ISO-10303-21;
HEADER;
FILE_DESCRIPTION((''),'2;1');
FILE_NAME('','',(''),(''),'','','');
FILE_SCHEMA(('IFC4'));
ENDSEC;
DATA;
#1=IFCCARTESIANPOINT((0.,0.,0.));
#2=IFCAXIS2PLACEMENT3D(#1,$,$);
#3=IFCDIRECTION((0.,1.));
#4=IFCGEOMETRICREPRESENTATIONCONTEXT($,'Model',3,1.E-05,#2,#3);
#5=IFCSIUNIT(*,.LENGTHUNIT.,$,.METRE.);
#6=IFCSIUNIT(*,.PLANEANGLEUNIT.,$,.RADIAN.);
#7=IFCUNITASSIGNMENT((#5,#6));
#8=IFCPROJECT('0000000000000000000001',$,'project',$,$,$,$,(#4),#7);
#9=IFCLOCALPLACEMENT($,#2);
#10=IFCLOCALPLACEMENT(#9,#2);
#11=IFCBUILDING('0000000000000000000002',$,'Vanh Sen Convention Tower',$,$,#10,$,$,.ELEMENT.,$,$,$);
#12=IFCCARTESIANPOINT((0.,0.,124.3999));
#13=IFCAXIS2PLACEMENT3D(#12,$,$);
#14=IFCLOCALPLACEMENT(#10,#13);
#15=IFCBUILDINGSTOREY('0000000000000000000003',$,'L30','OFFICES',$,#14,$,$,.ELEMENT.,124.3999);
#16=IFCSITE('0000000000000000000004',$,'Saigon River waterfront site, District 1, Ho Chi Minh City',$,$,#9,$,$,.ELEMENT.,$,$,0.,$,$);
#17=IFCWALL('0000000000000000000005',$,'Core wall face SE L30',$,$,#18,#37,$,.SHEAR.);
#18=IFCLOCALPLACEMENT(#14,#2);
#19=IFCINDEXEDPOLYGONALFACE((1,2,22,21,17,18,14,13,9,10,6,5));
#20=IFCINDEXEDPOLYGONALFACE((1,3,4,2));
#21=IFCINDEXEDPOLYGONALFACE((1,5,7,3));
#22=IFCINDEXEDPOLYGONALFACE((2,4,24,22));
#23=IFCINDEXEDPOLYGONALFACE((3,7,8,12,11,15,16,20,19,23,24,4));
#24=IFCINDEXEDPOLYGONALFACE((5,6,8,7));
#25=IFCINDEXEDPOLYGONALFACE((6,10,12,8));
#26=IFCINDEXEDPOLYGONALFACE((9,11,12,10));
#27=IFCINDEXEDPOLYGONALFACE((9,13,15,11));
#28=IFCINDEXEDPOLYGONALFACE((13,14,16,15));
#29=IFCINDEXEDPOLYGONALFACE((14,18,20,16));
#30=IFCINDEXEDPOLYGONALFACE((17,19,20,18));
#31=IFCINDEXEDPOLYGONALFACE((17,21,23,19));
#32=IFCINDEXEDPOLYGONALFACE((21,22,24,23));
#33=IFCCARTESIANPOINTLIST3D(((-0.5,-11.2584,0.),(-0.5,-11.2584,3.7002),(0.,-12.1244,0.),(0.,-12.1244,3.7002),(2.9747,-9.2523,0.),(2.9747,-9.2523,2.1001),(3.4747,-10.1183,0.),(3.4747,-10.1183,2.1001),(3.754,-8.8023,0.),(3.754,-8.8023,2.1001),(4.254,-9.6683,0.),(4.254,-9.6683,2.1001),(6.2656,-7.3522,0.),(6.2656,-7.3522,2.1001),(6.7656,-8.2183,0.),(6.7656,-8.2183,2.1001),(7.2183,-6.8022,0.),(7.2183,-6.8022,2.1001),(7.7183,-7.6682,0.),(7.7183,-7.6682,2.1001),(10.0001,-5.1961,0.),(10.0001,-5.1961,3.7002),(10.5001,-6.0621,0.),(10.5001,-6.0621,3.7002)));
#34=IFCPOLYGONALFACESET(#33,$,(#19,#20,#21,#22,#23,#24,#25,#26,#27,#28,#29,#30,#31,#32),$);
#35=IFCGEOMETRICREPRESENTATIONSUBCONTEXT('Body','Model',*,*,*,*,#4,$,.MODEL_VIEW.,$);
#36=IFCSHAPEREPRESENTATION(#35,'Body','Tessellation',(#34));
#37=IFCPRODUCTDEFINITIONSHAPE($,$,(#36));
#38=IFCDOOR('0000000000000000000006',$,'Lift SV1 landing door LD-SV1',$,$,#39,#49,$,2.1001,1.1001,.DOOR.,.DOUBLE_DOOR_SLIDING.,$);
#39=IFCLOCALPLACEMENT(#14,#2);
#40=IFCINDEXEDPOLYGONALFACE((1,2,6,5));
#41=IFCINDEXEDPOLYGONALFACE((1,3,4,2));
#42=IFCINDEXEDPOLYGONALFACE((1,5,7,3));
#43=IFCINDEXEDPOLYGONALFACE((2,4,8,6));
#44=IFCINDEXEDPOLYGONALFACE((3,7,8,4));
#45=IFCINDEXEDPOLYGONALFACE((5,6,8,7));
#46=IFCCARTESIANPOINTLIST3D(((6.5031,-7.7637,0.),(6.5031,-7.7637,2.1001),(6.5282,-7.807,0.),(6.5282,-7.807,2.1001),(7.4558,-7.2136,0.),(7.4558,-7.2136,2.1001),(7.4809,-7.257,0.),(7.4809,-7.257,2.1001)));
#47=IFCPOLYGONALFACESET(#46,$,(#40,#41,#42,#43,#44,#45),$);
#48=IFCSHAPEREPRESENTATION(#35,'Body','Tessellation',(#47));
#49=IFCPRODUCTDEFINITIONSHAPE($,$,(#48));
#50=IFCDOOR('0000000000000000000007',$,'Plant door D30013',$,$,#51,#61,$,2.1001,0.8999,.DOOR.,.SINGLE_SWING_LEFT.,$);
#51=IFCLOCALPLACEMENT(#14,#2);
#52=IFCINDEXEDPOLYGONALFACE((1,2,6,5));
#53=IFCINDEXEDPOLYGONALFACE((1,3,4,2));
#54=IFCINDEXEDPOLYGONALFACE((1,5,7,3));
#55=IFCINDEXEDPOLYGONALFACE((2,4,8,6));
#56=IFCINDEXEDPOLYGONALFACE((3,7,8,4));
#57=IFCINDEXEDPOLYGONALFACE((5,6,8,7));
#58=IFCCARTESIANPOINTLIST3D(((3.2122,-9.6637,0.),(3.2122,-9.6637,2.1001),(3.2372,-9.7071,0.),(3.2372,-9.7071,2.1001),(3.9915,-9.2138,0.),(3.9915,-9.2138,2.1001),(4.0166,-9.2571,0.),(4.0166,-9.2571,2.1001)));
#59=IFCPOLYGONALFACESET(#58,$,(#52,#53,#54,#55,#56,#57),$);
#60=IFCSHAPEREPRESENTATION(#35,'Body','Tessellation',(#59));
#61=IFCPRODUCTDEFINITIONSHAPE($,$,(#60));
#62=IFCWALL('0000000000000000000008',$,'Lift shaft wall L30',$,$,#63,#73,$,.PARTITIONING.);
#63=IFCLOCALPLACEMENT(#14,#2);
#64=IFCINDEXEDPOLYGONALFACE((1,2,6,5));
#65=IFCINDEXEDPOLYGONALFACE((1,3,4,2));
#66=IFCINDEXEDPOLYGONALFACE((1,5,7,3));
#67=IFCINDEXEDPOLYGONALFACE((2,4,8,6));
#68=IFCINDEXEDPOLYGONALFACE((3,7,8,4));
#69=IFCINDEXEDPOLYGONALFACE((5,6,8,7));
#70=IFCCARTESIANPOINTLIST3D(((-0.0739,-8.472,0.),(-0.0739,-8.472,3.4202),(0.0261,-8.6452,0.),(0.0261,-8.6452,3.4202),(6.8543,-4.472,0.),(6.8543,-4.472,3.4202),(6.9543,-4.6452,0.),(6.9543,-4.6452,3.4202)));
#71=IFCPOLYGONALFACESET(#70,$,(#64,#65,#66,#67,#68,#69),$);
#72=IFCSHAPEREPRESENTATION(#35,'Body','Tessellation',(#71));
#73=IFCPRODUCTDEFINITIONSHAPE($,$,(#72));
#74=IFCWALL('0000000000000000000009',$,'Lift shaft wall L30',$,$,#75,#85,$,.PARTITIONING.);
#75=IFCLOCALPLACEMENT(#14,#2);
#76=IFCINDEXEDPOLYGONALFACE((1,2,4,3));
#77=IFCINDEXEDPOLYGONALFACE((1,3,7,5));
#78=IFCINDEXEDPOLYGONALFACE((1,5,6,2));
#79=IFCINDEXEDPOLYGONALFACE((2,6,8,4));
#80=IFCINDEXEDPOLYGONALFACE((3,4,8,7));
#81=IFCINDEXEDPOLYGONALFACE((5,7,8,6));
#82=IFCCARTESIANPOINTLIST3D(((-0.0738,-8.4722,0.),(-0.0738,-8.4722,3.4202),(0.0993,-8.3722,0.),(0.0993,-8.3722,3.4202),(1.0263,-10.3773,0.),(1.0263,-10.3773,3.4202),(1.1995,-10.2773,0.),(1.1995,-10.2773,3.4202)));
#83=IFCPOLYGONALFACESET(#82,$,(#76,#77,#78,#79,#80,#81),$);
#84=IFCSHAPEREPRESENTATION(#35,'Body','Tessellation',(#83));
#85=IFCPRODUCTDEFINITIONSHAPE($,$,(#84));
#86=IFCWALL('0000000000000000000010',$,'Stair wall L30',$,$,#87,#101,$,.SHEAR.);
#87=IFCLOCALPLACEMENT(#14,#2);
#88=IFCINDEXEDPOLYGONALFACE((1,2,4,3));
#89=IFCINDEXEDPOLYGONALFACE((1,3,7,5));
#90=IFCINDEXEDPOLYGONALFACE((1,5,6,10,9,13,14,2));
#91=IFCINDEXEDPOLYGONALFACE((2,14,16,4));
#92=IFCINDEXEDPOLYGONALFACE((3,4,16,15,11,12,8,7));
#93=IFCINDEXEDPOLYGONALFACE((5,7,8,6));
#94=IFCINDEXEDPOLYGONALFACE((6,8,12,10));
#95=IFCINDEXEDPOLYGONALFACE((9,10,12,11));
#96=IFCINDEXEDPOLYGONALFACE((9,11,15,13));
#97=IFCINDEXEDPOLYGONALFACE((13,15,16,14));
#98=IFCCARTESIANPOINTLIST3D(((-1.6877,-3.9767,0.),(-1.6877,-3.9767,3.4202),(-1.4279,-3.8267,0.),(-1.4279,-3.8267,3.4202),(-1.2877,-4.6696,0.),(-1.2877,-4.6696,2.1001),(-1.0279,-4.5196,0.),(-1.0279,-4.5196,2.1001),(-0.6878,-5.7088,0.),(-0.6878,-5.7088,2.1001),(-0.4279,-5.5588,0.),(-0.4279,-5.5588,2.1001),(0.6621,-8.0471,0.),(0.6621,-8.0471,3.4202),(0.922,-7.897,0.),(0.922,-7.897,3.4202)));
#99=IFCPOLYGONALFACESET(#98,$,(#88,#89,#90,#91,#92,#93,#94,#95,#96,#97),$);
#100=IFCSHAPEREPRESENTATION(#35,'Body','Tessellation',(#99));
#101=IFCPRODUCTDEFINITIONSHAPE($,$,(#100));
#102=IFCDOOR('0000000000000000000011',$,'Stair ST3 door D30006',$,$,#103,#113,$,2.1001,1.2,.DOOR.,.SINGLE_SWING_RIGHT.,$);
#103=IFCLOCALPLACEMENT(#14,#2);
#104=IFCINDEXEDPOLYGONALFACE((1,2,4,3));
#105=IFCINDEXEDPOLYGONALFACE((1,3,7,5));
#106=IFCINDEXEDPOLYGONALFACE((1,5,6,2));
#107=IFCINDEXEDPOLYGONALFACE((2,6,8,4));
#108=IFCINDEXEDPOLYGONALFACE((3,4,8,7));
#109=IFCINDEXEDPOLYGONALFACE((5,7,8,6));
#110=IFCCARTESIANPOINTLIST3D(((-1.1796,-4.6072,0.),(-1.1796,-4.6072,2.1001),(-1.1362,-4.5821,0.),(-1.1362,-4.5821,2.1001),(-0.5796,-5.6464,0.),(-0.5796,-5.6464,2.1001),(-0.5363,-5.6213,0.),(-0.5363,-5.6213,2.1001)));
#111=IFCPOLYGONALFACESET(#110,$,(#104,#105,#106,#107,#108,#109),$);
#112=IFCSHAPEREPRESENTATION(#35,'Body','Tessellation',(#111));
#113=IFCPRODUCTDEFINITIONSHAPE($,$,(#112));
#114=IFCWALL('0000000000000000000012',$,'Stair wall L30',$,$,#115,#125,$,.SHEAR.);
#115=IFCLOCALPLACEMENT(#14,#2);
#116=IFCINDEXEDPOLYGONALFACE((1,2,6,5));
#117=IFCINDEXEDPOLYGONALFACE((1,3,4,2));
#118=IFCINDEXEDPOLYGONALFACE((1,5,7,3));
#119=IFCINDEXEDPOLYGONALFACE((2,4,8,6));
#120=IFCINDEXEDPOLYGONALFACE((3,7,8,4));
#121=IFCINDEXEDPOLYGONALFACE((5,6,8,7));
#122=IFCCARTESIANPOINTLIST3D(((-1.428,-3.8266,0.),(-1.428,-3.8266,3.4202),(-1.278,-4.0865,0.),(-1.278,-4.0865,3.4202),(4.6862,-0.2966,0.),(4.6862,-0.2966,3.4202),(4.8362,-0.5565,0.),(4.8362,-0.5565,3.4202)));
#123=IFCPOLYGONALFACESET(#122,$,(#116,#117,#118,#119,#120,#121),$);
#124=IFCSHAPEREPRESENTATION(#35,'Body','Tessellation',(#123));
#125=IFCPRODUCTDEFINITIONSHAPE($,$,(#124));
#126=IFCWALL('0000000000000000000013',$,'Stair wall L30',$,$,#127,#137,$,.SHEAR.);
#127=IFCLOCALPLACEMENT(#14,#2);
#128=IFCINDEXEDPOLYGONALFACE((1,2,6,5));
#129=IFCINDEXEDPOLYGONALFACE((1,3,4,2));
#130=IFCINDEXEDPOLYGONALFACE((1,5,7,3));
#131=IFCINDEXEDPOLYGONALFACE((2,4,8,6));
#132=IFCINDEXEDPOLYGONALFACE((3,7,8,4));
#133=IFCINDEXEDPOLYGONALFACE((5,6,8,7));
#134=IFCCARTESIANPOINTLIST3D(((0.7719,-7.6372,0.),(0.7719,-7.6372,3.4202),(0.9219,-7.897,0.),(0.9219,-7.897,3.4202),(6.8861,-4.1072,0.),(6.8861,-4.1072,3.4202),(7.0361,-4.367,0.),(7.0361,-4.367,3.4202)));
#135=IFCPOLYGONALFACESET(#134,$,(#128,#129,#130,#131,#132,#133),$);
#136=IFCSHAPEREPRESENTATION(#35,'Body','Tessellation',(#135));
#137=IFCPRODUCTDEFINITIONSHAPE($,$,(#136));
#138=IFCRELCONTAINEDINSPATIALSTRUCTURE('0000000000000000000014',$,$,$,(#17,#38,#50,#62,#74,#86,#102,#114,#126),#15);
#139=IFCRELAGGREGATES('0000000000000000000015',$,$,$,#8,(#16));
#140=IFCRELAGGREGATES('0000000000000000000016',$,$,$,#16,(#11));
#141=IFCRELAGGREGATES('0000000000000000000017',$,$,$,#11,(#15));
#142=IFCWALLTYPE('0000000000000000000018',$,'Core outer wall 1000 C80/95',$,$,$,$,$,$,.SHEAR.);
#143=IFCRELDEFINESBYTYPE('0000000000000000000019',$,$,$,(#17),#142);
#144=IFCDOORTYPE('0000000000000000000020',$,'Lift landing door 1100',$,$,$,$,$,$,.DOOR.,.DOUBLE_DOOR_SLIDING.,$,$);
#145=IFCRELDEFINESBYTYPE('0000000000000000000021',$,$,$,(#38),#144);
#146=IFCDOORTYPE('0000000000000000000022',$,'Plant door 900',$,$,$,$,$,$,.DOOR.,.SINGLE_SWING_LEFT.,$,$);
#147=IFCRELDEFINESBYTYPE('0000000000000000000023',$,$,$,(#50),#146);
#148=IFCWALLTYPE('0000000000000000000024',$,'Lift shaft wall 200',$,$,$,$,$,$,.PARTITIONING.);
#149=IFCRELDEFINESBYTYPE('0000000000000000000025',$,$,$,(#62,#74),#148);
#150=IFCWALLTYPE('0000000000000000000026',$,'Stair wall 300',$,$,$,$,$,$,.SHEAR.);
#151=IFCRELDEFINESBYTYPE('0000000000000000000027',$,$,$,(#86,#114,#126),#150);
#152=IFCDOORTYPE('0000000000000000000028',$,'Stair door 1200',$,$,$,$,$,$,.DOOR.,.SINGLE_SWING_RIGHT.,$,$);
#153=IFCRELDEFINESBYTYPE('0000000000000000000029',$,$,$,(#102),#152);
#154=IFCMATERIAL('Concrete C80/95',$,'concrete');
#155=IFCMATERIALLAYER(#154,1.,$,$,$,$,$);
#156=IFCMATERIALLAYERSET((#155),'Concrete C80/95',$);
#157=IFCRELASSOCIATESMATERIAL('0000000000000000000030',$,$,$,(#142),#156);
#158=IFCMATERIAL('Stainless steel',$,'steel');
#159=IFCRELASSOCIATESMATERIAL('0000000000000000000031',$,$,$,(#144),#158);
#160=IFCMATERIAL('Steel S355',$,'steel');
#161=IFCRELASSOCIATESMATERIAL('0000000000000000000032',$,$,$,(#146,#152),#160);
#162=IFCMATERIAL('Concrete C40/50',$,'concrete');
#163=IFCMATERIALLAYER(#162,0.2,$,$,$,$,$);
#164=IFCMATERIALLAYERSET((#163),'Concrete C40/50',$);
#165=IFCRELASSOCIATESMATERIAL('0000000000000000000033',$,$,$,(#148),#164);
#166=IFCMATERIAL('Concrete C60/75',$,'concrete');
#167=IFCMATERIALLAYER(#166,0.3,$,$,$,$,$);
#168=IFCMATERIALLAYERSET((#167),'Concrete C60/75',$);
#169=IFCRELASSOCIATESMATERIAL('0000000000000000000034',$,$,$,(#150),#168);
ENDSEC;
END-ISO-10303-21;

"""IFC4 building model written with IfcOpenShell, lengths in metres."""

from ifc_helpers import new_model, si_unit, direction, frame, frame_2d, origin, place, context, subcontext, project, spatial, rectangle, extrude, material, layer, layer_set, type_object, element, fill, save


model = new_model("IFC4")

# Units and contexts
model_context = context("Model", 3, precision=1e-05, world=origin(), true_north=direction((0.0, 1.0)))
body_context = subcontext(model_context, "Body", "Model", "MODEL_VIEW")
ifc_project = project(units=[si_unit("LENGTHUNIT", "METRE"), si_unit("PLANEANGLEUNIT", "RADIAN")], contexts=[model_context])

# Site, building, storey
site_placement = place(None, origin())
site = spatial("IfcSite", under=ifc_project, at=site_placement, Name="Saigon River waterfront site, District 1, Ho Chi Minh City", CompositionType="ELEMENT", RefElevation=0.0)
building_placement = place(site_placement, origin())
building = spatial("IfcBuilding", under=site, at=building_placement, Name="Vanh Sen Convention Tower", CompositionType="ELEMENT")
storey_placement = place(building_placement, frame((0.0, 0.0, 124.3999)))
storey = spatial("IfcBuildingStorey", under=building, at=storey_placement, Name="L30", Description="OFFICES", CompositionType="ELEMENT", Elevation=124.3999)

# Shared definitions
ifc_material_1 = material(Name="Concrete C40/50", Category="concrete")

# Wall, openings, doors
ifc_material_2 = material(Name="Concrete C80/95", Category="concrete")
ifc_layer_1 = layer(ifc_material_2, 1.0)
ifc_layer_set_1 = layer_set([ifc_layer_1], Name="Concrete C80/95")
wall_type_1 = type_object("IfcWallType", Name="Core outer wall 1000 C80/95", PredefinedType="SHEAR", material=ifc_layer_set_1)
wall_1_placement = place(storey_placement, frame((-0.25, -11.6914, 0.0), z_axis=(0.0, 0.0, 1.0), x_axis=(0.866023, 0.500005, 0.0)))
wall_1 = element("IfcWall", 1, at=wall_1_placement, inside=storey, type_object=wall_type_1, Name="Core wall face SE L30", PredefinedType="SHEAR", context=body_context, shape_type="SweptSolid", body=[
    extrude(rectangle(XDim=12.1245, YDim=1.0, at=frame_2d((6.0623, 0.0))), origin(), (0.0, 0.0, 1.0), 3.7002),
])
opening_1_placement = place(wall_1_placement, frame((4.0122, 0.0, 0.0)))
opening_1 = element("IfcOpeningElement", 2, at=opening_1_placement, cuts=wall_1, PredefinedType="OPENING", context=body_context, shape_type="SweptSolid", body=[
    extrude(rectangle(XDim=0.8999, YDim=2.1001, at=frame_2d((0.45, 1.05))), frame((0.0, 0.51, 0.0), z_axis=(0.0, -1.0, 0.0), x_axis=(1.0, 0.0, 0.0)), (0.0, 0.0, 1.0), 1.02),
])
opening_2_placement = place(wall_1_placement, frame((7.8123, 0.0, 0.0)))
opening_2 = element("IfcOpeningElement", 3, at=opening_2_placement, cuts=wall_1, PredefinedType="OPENING", context=body_context, shape_type="SweptSolid", body=[
    extrude(rectangle(XDim=1.1001, YDim=2.1001, at=frame_2d((0.55, 1.05))), frame((0.0, 0.51, 0.0), z_axis=(0.0, -1.0, 0.0), x_axis=(1.0, 0.0, 0.0)), (0.0, 0.0, 1.0), 1.02),
])
ifc_material_3 = material(Name="Stainless steel", Category="steel")
door_type_1 = type_object("IfcDoorType", Name="Lift landing door 1100", OperationType="DOUBLE_DOOR_SLIDING", PredefinedType="DOOR", material=ifc_material_3)
door_1_placement = place(opening_2_placement, origin())
door_1 = element("IfcDoor", 4, at=door_1_placement, inside=storey, type_object=door_type_1, Name="Lift SV1 landing door LD-SV1", OperationType="DOUBLE_DOOR_SLIDING", OverallHeight=2.1001, OverallWidth=1.1001, PredefinedType="DOOR", context=body_context, shape_type="SweptSolid", body=[
    extrude(rectangle(XDim=1.1001, YDim=2.1001, at=frame_2d((0.55, 1.05))), frame((0.0, 0.0249, 0.0), z_axis=(0.0, -1.0, 0.0), x_axis=(1.0, 0.0, 0.0)), (0.0, 0.0, 1.0), 0.05),
])
fill(opening_2, door_1)
ifc_material_4 = material(Name="Steel S355", Category="steel")
door_type_2 = type_object("IfcDoorType", Name="Plant door 900", OperationType="SINGLE_SWING_LEFT", PredefinedType="DOOR", material=ifc_material_4)
door_2_placement = place(opening_1_placement, origin())
door_2 = element("IfcDoor", 5, at=door_2_placement, inside=storey, type_object=door_type_2, Name="Plant door D30013", OperationType="SINGLE_SWING_LEFT", OverallHeight=2.1001, OverallWidth=0.8999, PredefinedType="DOOR", context=body_context, shape_type="SweptSolid", body=[
    extrude(rectangle(XDim=0.8999, YDim=2.1001, at=frame_2d((0.45, 1.05))), frame((0.0, 0.0249, 0.0), z_axis=(0.0, -1.0, 0.0), x_axis=(1.0, 0.0, 0.0)), (0.0, 0.0, 1.0), 0.05),
])
fill(opening_1, door_2)

# Walls
ifc_layer_2 = layer(ifc_material_1, 0.2)
ifc_layer_set_2 = layer_set([ifc_layer_2], Name="Concrete C40/50")
wall_type_2 = type_object("IfcWallType", Name="Lift shaft wall 200", PredefinedType="PARTITIONING", material=ifc_layer_set_2)
wall_2_placement = place(storey_placement, frame((-0.0239, -8.5586, 0.0), z_axis=(0.0, 0.0, 1.0), x_axis=(0.866026, 0.499999, 0.0)))
element("IfcWall", 6, at=wall_2_placement, inside=storey, type_object=wall_type_2, Name="Lift shaft wall L30", PredefinedType="PARTITIONING", context=body_context, shape_type="SweptSolid", body=[
    extrude(rectangle(XDim=8.0, YDim=0.2, at=frame_2d((4.0, 0.0))), origin(), (0.0, 0.0, 1.0), 3.4202),
])
wall_3_placement = place(storey_placement, frame((0.0127, -8.4221, 0.0), z_axis=(0.0, 0.0, 1.0), x_axis=(0.500078, -0.86598, 0.0)))
element("IfcWall", 7, at=wall_3_placement, inside=storey, type_object=wall_type_2, Name="Lift shaft wall L30", PredefinedType="PARTITIONING", context=body_context, shape_type="SweptSolid", body=[
    extrude(rectangle(XDim=2.2, YDim=0.2, at=frame_2d((1.1001, 0.0))), origin(), (0.0, 0.0, 1.0), 3.4202),
])

# Wall, opening, door
ifc_material_5 = material(Name="Concrete C60/75", Category="concrete")
ifc_layer_3 = layer(ifc_material_5, 0.3)
ifc_layer_set_3 = layer_set([ifc_layer_3], Name="Concrete C60/75")
wall_type_3 = type_object("IfcWallType", Name="Stair wall 300", PredefinedType="SHEAR", material=ifc_layer_set_3)
wall_4_placement = place(storey_placement, frame((-1.5579, -3.9016, 0.0), z_axis=(0.0, 0.0, 1.0), x_axis=(0.499977, -0.866039, 0.0)))
wall_4 = element("IfcWall", 8, at=wall_4_placement, inside=storey, type_object=wall_type_3, Name="Stair wall L30", PredefinedType="SHEAR", context=body_context, shape_type="SweptSolid", body=[
    extrude(rectangle(XDim=4.7, YDim=0.3, at=frame_2d((2.3501, 0.0))), origin(), (0.0, 0.0, 1.0), 3.4202),
])
opening_3_placement = place(wall_4_placement, frame((0.8, 0.0, 0.0)))
opening_3 = element("IfcOpeningElement", 9, at=opening_3_placement, cuts=wall_4, PredefinedType="OPENING", context=body_context, shape_type="SweptSolid", body=[
    extrude(rectangle(XDim=1.2, YDim=2.1001, at=frame_2d((0.6001, 1.05))), frame((0.0, 0.1599, 0.0), z_axis=(0.0, -1.0, 0.0), x_axis=(1.0, 0.0, 0.0)), (0.0, 0.0, 1.0), 0.3201),
])
door_type_3 = type_object("IfcDoorType", Name="Stair door 1200", OperationType="SINGLE_SWING_RIGHT", PredefinedType="DOOR", material=ifc_material_4)
door_3_placement = place(opening_3_placement, origin())
door_3 = element("IfcDoor", 10, at=door_3_placement, inside=storey, type_object=door_type_3, Name="Stair ST3 door D30006", OperationType="SINGLE_SWING_RIGHT", OverallHeight=2.1001, OverallWidth=1.2, PredefinedType="DOOR", context=body_context, shape_type="SweptSolid", body=[
    extrude(rectangle(XDim=1.2, YDim=2.1001, at=frame_2d((0.6001, 1.05))), frame((0.0, 0.0249, 0.0), z_axis=(0.0, -1.0, 0.0), x_axis=(1.0, 0.0, 0.0)), (0.0, 0.0, 1.0), 0.05),
])
fill(opening_3, door_3)

# Walls
for number, where, z_axis, x_axis, name in (
    (11, (-1.353, -3.9565, 0.0), (0.0, 0.0, 1.0), (0.866028, 0.499996, 0.0), "Stair wall L30"),
    (12, (0.8469, -7.7671, 0.0), (0.0, 0.0, 1.0), (0.866028, 0.499996, 0.0), "Stair wall L30"),
):
    element("IfcWall", number, at=place(storey_placement, frame(where, z_axis=z_axis, x_axis=x_axis)), inside=storey, type_object=wall_type_3, Name=name, PredefinedType="SHEAR", context=body_context, shape_type="SweptSolid", body=[
        extrude(rectangle(XDim=7.0601, YDim=0.3, at=frame_2d((3.53, 0.0))), origin(), (0.0, 0.0, 1.0), 3.4202),
    ])

save(model, "model.ifc")
